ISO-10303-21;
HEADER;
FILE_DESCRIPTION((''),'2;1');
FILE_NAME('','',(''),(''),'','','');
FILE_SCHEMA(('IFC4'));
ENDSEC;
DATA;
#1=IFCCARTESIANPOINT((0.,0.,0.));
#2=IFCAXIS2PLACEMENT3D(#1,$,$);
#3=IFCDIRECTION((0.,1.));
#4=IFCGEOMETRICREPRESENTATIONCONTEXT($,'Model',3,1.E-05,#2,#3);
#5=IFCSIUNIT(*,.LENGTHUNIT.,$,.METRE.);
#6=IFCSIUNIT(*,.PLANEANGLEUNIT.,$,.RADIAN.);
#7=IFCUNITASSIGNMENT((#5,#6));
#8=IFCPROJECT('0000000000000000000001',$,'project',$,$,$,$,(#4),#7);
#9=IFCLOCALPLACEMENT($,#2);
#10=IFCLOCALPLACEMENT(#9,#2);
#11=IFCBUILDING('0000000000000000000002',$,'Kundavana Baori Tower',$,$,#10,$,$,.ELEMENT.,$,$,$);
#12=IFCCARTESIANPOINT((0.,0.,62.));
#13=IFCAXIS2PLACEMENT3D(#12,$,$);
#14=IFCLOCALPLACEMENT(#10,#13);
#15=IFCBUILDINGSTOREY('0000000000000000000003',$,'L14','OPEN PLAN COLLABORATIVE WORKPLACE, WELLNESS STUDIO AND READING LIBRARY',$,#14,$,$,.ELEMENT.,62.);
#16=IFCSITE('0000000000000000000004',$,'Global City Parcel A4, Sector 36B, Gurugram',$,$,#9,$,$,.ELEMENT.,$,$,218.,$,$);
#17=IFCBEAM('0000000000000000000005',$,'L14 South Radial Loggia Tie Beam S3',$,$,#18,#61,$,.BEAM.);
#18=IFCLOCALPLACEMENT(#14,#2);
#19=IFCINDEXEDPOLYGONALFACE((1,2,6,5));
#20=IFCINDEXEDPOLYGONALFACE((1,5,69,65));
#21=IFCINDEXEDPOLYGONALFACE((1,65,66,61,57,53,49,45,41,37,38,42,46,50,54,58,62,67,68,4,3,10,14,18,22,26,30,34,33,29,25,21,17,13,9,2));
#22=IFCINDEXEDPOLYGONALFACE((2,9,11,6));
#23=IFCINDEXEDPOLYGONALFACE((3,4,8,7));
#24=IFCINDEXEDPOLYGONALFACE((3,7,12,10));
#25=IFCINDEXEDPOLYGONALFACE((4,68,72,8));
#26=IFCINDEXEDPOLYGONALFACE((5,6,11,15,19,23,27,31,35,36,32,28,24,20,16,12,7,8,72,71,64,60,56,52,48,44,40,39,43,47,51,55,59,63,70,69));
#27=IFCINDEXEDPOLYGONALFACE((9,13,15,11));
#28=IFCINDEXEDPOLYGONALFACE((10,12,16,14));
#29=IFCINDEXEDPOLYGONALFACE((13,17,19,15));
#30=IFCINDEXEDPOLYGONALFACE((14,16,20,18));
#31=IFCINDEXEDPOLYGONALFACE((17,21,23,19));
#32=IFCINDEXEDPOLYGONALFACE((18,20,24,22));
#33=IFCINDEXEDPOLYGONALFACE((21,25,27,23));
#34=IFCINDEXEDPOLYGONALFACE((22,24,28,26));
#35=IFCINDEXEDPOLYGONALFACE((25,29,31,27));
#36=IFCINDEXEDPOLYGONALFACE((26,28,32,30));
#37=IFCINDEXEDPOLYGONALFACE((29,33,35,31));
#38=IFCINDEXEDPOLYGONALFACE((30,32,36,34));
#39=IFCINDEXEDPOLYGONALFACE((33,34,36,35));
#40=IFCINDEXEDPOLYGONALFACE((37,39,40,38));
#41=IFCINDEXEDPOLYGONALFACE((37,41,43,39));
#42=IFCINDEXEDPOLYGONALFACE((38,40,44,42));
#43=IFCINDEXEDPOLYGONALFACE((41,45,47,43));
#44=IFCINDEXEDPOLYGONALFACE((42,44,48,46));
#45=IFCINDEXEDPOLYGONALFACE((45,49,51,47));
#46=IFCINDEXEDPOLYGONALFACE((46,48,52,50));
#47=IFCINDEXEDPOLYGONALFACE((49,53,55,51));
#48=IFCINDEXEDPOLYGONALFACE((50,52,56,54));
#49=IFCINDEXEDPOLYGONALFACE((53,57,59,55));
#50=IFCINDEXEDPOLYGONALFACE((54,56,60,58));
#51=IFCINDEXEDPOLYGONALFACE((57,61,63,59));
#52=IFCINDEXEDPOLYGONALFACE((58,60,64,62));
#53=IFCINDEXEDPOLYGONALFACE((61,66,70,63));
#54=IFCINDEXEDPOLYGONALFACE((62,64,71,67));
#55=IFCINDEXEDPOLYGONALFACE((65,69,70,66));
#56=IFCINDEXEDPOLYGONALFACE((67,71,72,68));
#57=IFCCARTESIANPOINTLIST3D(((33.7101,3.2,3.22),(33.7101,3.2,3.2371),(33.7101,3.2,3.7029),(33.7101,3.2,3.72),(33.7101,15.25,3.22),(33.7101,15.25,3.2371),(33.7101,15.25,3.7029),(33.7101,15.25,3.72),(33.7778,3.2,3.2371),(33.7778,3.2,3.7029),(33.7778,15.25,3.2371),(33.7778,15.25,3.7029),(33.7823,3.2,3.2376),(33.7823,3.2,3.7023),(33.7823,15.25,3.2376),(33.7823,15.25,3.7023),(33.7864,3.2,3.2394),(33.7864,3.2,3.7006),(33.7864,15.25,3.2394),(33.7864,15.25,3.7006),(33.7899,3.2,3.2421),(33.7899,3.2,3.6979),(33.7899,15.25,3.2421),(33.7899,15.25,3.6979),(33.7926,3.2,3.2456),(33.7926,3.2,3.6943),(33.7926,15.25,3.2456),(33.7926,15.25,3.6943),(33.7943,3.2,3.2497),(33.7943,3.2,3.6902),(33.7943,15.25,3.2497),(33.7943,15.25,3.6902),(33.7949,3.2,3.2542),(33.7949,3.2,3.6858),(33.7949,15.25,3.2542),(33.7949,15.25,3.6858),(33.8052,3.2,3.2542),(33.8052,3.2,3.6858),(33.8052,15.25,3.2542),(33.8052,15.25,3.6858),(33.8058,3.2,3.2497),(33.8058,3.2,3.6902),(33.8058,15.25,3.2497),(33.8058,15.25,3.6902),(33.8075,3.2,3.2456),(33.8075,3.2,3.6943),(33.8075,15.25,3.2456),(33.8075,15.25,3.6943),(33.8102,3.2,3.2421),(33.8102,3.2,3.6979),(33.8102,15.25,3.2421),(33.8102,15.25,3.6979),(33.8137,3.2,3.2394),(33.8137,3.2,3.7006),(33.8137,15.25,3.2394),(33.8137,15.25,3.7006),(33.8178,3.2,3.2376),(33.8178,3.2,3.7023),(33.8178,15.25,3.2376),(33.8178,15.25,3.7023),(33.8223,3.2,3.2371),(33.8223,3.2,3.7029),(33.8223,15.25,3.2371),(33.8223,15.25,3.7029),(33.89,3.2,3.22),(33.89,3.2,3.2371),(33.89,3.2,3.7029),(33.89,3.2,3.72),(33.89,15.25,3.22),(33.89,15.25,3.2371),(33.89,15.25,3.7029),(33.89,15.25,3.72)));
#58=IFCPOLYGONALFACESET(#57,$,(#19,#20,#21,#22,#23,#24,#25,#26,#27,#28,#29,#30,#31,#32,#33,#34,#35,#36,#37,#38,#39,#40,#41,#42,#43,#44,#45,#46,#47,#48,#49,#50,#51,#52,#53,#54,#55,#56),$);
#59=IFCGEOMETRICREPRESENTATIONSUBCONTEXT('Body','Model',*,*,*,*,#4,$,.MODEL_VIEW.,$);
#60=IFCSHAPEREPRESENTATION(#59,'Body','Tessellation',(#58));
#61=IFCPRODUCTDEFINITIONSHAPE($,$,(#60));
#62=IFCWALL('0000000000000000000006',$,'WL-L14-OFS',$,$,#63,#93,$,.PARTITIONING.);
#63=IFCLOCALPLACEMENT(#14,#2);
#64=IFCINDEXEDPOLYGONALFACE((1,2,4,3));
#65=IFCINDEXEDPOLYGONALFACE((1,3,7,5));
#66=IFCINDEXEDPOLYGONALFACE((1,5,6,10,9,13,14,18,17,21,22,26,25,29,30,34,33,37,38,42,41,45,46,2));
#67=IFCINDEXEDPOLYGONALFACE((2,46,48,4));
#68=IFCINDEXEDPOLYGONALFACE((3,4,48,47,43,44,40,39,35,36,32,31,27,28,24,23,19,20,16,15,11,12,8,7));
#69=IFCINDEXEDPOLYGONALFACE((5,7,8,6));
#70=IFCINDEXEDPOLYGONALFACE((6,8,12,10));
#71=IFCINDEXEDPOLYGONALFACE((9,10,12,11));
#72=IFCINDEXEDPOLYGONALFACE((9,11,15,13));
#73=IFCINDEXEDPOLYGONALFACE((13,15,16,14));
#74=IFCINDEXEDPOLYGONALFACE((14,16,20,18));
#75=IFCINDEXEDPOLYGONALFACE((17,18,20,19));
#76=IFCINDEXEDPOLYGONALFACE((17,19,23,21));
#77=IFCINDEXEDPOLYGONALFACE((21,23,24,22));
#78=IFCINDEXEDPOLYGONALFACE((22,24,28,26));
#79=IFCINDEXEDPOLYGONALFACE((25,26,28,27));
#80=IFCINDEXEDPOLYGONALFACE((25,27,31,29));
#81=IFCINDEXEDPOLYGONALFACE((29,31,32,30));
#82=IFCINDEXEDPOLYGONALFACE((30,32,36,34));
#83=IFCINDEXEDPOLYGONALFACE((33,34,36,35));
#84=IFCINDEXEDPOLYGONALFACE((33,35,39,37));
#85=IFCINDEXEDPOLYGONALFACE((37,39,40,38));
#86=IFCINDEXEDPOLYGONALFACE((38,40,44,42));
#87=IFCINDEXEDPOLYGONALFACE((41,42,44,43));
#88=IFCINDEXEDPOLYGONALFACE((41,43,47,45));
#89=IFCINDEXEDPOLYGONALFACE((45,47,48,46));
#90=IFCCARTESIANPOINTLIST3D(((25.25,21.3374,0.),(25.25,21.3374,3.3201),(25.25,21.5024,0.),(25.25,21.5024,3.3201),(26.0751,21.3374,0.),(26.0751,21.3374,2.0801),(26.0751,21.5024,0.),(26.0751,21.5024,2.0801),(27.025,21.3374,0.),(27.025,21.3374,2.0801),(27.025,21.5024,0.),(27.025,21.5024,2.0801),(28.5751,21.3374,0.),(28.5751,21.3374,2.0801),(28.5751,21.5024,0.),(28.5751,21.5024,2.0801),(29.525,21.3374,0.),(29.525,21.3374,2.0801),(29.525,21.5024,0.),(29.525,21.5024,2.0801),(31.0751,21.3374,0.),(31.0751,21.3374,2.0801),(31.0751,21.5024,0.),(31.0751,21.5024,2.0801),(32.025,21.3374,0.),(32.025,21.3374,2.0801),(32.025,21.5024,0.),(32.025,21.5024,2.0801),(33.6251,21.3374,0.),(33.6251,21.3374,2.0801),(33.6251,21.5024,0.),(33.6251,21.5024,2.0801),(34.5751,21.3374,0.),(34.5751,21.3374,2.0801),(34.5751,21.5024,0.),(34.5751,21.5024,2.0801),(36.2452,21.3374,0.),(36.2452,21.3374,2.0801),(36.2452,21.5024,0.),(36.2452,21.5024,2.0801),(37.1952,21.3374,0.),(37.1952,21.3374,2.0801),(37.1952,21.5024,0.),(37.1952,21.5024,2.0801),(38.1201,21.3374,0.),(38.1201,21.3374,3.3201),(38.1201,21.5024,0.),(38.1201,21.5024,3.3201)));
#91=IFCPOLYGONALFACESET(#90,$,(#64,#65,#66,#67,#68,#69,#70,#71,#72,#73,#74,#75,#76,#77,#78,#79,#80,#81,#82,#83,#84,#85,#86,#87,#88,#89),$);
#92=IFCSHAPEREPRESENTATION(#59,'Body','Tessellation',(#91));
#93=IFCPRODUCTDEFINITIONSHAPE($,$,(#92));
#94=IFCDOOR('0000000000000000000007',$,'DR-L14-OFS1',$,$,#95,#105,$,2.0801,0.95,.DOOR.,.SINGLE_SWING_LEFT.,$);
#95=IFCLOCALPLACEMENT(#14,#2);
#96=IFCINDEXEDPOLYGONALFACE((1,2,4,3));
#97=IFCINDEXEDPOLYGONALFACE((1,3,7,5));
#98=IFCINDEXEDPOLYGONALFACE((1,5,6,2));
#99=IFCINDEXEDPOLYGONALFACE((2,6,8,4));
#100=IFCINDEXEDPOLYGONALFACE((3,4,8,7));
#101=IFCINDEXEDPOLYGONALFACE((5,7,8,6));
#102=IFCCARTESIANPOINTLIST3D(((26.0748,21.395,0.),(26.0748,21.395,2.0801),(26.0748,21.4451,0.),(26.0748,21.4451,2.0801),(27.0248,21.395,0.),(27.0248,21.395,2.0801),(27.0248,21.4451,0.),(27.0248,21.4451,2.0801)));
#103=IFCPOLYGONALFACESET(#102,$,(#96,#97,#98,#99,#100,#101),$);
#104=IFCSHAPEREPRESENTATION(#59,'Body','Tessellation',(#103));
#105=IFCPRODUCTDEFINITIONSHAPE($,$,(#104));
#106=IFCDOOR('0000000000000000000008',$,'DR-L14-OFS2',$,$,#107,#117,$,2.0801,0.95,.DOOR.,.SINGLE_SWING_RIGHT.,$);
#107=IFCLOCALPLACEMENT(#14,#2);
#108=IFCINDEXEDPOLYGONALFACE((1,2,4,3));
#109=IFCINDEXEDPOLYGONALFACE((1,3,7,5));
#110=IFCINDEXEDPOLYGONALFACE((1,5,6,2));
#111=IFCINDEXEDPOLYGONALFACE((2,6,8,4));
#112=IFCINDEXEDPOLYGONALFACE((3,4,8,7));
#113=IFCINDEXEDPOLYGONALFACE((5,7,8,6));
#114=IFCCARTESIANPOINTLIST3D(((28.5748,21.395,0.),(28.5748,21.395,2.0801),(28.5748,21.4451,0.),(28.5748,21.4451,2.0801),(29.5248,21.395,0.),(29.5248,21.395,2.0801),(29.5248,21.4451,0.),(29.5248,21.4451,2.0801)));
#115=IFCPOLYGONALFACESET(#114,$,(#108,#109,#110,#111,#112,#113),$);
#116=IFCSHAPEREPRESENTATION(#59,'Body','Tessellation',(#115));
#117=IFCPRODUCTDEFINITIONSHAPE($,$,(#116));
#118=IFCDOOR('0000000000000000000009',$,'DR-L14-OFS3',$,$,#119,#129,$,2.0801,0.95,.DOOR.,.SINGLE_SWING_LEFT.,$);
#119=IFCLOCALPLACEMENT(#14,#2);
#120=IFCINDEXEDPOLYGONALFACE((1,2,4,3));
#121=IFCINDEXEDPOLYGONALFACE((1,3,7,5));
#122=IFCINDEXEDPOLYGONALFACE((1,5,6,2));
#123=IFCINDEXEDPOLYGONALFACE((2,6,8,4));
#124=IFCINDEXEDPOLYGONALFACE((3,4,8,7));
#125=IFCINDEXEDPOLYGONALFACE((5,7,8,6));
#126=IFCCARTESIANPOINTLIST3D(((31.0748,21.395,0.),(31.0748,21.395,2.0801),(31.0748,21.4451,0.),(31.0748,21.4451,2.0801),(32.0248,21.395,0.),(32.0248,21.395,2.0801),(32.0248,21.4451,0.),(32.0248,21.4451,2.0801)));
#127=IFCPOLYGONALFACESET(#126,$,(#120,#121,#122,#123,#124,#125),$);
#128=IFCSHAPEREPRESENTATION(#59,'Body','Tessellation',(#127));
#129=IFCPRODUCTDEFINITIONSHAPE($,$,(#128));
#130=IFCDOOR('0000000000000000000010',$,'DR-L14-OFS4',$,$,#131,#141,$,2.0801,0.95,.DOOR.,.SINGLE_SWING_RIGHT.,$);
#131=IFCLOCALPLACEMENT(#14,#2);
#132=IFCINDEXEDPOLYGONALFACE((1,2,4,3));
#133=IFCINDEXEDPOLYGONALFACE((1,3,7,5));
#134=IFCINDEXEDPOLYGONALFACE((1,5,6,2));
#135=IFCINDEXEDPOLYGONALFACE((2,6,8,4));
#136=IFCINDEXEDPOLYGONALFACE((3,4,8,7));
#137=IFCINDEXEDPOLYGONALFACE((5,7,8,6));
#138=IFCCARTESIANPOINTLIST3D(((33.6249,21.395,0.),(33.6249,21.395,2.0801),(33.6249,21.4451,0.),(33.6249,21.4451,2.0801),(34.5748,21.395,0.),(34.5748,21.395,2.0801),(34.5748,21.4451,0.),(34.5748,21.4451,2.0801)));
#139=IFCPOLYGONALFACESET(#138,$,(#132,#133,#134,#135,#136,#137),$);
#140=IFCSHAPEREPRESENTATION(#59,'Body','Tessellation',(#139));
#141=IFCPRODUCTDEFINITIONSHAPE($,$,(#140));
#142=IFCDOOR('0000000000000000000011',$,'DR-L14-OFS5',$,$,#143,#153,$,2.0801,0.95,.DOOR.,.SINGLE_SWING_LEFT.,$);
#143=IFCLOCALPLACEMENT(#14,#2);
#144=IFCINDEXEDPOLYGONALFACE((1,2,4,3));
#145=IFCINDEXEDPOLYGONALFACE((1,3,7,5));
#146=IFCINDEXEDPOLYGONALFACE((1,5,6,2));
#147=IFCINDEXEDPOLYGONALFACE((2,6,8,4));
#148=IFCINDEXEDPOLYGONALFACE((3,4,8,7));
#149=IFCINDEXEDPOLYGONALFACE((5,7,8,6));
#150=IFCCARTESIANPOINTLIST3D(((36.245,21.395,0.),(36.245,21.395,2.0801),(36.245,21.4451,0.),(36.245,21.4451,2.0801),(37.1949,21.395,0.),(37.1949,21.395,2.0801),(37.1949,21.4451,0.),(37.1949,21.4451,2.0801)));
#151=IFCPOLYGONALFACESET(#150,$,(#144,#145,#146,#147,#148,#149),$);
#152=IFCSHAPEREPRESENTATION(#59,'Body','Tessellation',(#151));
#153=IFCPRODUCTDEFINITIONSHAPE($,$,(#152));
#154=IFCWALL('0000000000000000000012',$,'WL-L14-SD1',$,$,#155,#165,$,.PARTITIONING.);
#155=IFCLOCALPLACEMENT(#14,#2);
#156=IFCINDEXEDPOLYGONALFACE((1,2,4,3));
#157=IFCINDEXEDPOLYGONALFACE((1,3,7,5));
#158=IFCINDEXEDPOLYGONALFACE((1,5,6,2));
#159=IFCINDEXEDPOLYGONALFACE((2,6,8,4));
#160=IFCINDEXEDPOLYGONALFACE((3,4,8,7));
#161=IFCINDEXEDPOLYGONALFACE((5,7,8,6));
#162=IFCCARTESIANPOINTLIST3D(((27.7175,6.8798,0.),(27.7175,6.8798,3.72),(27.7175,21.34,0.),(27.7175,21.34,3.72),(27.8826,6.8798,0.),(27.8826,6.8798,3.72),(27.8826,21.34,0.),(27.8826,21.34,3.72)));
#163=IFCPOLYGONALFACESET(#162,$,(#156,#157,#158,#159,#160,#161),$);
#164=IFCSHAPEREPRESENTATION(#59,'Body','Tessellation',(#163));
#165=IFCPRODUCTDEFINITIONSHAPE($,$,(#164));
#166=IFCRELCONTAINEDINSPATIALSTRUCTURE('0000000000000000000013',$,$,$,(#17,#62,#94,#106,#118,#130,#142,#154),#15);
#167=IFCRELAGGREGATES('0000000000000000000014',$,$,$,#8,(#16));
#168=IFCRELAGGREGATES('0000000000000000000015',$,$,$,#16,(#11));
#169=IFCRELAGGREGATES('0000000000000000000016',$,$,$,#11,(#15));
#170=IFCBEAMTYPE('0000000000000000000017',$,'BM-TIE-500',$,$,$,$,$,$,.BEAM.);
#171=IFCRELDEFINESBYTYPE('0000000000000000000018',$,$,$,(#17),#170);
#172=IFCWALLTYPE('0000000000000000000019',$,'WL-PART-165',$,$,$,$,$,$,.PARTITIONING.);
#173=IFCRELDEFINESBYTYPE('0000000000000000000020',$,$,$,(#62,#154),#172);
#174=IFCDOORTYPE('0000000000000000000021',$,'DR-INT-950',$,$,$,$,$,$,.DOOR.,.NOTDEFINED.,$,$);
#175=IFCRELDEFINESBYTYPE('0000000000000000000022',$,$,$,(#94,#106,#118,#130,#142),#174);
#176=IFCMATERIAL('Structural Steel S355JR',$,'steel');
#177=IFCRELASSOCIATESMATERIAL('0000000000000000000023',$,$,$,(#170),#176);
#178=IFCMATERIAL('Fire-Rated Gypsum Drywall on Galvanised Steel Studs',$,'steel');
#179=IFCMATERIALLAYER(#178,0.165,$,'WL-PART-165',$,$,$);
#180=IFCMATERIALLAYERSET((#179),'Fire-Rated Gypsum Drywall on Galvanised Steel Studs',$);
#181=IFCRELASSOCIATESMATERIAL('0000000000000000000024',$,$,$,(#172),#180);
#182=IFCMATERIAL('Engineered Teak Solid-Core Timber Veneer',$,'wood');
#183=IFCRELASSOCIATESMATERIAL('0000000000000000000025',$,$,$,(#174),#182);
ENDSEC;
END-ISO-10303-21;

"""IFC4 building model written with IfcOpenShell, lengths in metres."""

from ifc_helpers import new_model, si_unit, direction, frame, frame_2d, origin, origin_2d, place, context, subcontext, project, spatial, rectangle, i_section, extrude, material, layer, layer_set, material_profile, profile_set, type_object, element, fill, save


model = new_model("IFC4")

# Units and contexts
model_context = context("Model", 3, precision=1e-05, world=origin(), true_north=direction((0.0, 1.0)))
body_context = subcontext(model_context, "Body", "Model", "MODEL_VIEW")
ifc_project = project(units=[si_unit("LENGTHUNIT", "METRE"), si_unit("PLANEANGLEUNIT", "RADIAN")], contexts=[model_context])

# Site, building, storey
site_placement = place(None, origin())
site = spatial("IfcSite", under=ifc_project, at=site_placement, Name="Global City Parcel A4, Sector 36B, Gurugram", CompositionType="ELEMENT", RefElevation=218.0)
building_placement = place(site_placement, origin())
building = spatial("IfcBuilding", under=site, at=building_placement, Name="Kundavana Baori Tower", CompositionType="ELEMENT")
storey_placement = place(building_placement, frame((0.0, 0.0, 62.0)))
storey = spatial("IfcBuildingStorey", under=building, at=storey_placement, Name="L14", Description="OPEN PLAN COLLABORATIVE WORKPLACE, WELLNESS STUDIO AND READING LIBRARY", CompositionType="ELEMENT", Elevation=62.0)

# Beam
ifc_material_1 = material(Name="Structural Steel S355JR", Category="steel")
ifc_material_profile_1 = material_profile(ifc_material_1, i_section(OverallWidth=0.1799, OverallDepth=0.5, WebThickness=0.0103, FlangeThickness=0.0171, FilletRadius=0.0171, at=origin_2d()), Name="ISMB 500")
ifc_profile_set_1 = profile_set([ifc_material_profile_1], Name="Structural Steel S355JR")
beam_type_1 = type_object("IfcBeamType", Name="BM-TIE-500", PredefinedType="BEAM", material=ifc_profile_set_1)
for number, where, z_axis, x_axis, name in (
    (1, (33.8, 15.25, 3.47), (0.0, -1.0, 0.0), (1.0, 0.0, 0.0), "L14 South Radial Loggia Tie Beam S3"),
):
    element("IfcBeam", number, at=place(storey_placement, frame(where, z_axis=z_axis, x_axis=x_axis)), inside=storey, type_object=beam_type_1, Name=name, PredefinedType="BEAM", context=body_context, shape_type="SweptSolid", body=[
        extrude(i_section(OverallWidth=0.1799, OverallDepth=0.5, WebThickness=0.0103, FlangeThickness=0.0171, FilletRadius=0.0171, at=origin_2d()), origin(), (0.0, 0.0, 1.0), 12.05),
    ])

# Wall, openings, doors
ifc_material_2 = material(Name="Fire-Rated Gypsum Drywall on Galvanised Steel Studs", Category="steel")
ifc_layer = layer(ifc_material_2, 0.165, Name="WL-PART-165")
ifc_layer_set = layer_set([ifc_layer], Name="Fire-Rated Gypsum Drywall on Galvanised Steel Studs")
wall_type = type_object("IfcWallType", Name="WL-PART-165", PredefinedType="PARTITIONING", material=ifc_layer_set)
wall_placement = place(storey_placement, frame((25.25, 21.4199, 0.0), z_axis=(0.0, 0.0, 1.0), x_axis=(1.0, 0.0, 0.0)))
wall = element("IfcWall", 2, at=wall_placement, inside=storey, type_object=wall_type, Name="WL-L14-OFS", PredefinedType="PARTITIONING", context=body_context, shape_type="SweptSolid", body=[
    extrude(rectangle(XDim=12.8701, YDim=0.165, at=frame_2d((6.4351, 0.0))), origin(), (0.0, 0.0, 1.0), 3.3201),
])
opening_1_placement = place(wall_placement, frame((0.825, 0.0, 0.0)))
opening_1 = element("IfcOpeningElement", 3, at=opening_1_placement, cuts=wall, PredefinedType="OPENING", context=body_context, shape_type="SweptSolid", body=[
    extrude(rectangle(XDim=0.95, YDim=2.0801, at=frame_2d((0.4751, 1.04))), frame((0.0, 0.0925, 0.0), z_axis=(0.0, -1.0, 0.0), x_axis=(1.0, 0.0, 0.0)), (0.0, 0.0, 1.0), 0.1851),
])
opening_2_placement = place(wall_placement, frame((3.325, 0.0, 0.0)))
opening_2 = element("IfcOpeningElement", 4, at=opening_2_placement, cuts=wall, PredefinedType="OPENING", context=body_context, shape_type="SweptSolid", body=[
    extrude(rectangle(XDim=0.95, YDim=2.0801, at=frame_2d((0.4751, 1.04))), frame((0.0, 0.0925, 0.0), z_axis=(0.0, -1.0, 0.0), x_axis=(1.0, 0.0, 0.0)), (0.0, 0.0, 1.0), 0.1851),
])
opening_3_placement = place(wall_placement, frame((5.825, 0.0, 0.0)))
opening_3 = element("IfcOpeningElement", 5, at=opening_3_placement, cuts=wall, PredefinedType="OPENING", context=body_context, shape_type="SweptSolid", body=[
    extrude(rectangle(XDim=0.95, YDim=2.0801, at=frame_2d((0.4751, 1.04))), frame((0.0, 0.0925, 0.0), z_axis=(0.0, -1.0, 0.0), x_axis=(1.0, 0.0, 0.0)), (0.0, 0.0, 1.0), 0.1851),
])
opening_4_placement = place(wall_placement, frame((8.375, 0.0, 0.0)))
opening_4 = element("IfcOpeningElement", 6, at=opening_4_placement, cuts=wall, PredefinedType="OPENING", context=body_context, shape_type="SweptSolid", body=[
    extrude(rectangle(XDim=0.95, YDim=2.0801, at=frame_2d((0.4751, 1.04))), frame((0.0, 0.0925, 0.0), z_axis=(0.0, -1.0, 0.0), x_axis=(1.0, 0.0, 0.0)), (0.0, 0.0, 1.0), 0.1851),
])
opening_5_placement = place(wall_placement, frame((10.9951, 0.0, 0.0)))
opening_5 = element("IfcOpeningElement", 7, at=opening_5_placement, cuts=wall, PredefinedType="OPENING", context=body_context, shape_type="SweptSolid", body=[
    extrude(rectangle(XDim=0.95, YDim=2.0801, at=frame_2d((0.4751, 1.04))), frame((0.0, 0.0925, 0.0), z_axis=(0.0, -1.0, 0.0), x_axis=(1.0, 0.0, 0.0)), (0.0, 0.0, 1.0), 0.1851),
])
ifc_material_3 = material(Name="Engineered Teak Solid-Core Timber Veneer", Category="wood")
door_type = type_object("IfcDoorType", Name="DR-INT-950", OperationType="NOTDEFINED", PredefinedType="DOOR", material=ifc_material_3)
door_1_placement = place(opening_1_placement, frame((0.95, 0.0, 0.0), z_axis=(0.0, 0.0, 1.0), x_axis=(-1.0, 0.0, 0.0)))
door_1 = element("IfcDoor", 8, at=door_1_placement, inside=storey, type_object=door_type, Name="DR-L14-OFS1", OperationType="SINGLE_SWING_LEFT", OverallHeight=2.0801, OverallWidth=0.95, PredefinedType="DOOR", context=body_context, shape_type="SweptSolid", body=[
    extrude(rectangle(XDim=0.95, YDim=2.0801, at=frame_2d((0.4751, 1.04))), frame((0.0, 0.0249, 0.0), z_axis=(0.0, -1.0, 0.0), x_axis=(1.0, 0.0, 0.0)), (0.0, 0.0, 1.0), 0.05),
])
fill(opening_1, door_1)
door_2_placement = place(opening_2_placement, frame((0.95, 0.0, 0.0), z_axis=(0.0, 0.0, 1.0), x_axis=(-1.0, 0.0, 0.0)))
door_2 = element("IfcDoor", 9, at=door_2_placement, inside=storey, type_object=door_type, Name="DR-L14-OFS2", OperationType="SINGLE_SWING_RIGHT", OverallHeight=2.0801, OverallWidth=0.95, PredefinedType="DOOR", context=body_context, shape_type="SweptSolid", body=[
    extrude(rectangle(XDim=0.95, YDim=2.0801, at=frame_2d((0.4751, 1.04))), frame((0.0, 0.0249, 0.0), z_axis=(0.0, -1.0, 0.0), x_axis=(1.0, 0.0, 0.0)), (0.0, 0.0, 1.0), 0.05),
])
fill(opening_2, door_2)
door_3_placement = place(opening_3_placement, frame((0.95, 0.0, 0.0), z_axis=(0.0, 0.0, 1.0), x_axis=(-1.0, 0.0, 0.0)))
door_3 = element("IfcDoor", 10, at=door_3_placement, inside=storey, type_object=door_type, Name="DR-L14-OFS3", OperationType="SINGLE_SWING_LEFT", OverallHeight=2.0801, OverallWidth=0.95, PredefinedType="DOOR", context=body_context, shape_type="SweptSolid", body=[
    extrude(rectangle(XDim=0.95, YDim=2.0801, at=frame_2d((0.4751, 1.04))), frame((0.0, 0.0249, 0.0), z_axis=(0.0, -1.0, 0.0), x_axis=(1.0, 0.0, 0.0)), (0.0, 0.0, 1.0), 0.05),
])
fill(opening_3, door_3)
door_4_placement = place(opening_4_placement, frame((0.95, 0.0, 0.0), z_axis=(0.0, 0.0, 1.0), x_axis=(-1.0, 0.0, 0.0)))
door_4 = element("IfcDoor", 11, at=door_4_placement, inside=storey, type_object=door_type, Name="DR-L14-OFS4", OperationType="SINGLE_SWING_RIGHT", OverallHeight=2.0801, OverallWidth=0.95, PredefinedType="DOOR", context=body_context, shape_type="SweptSolid", body=[
    extrude(rectangle(XDim=0.95, YDim=2.0801, at=frame_2d((0.4751, 1.04))), frame((0.0, 0.0249, 0.0), z_axis=(0.0, -1.0, 0.0), x_axis=(1.0, 0.0, 0.0)), (0.0, 0.0, 1.0), 0.05),
])
fill(opening_4, door_4)
door_5_placement = place(opening_5_placement, frame((0.95, 0.0, 0.0), z_axis=(0.0, 0.0, 1.0), x_axis=(-1.0, 0.0, 0.0)))
door_5 = element("IfcDoor", 12, at=door_5_placement, inside=storey, type_object=door_type, Name="DR-L14-OFS5", OperationType="SINGLE_SWING_LEFT", OverallHeight=2.0801, OverallWidth=0.95, PredefinedType="DOOR", context=body_context, shape_type="SweptSolid", body=[
    extrude(rectangle(XDim=0.95, YDim=2.0801, at=frame_2d((0.4751, 1.04))), frame((0.0, 0.0249, 0.0), z_axis=(0.0, -1.0, 0.0), x_axis=(1.0, 0.0, 0.0)), (0.0, 0.0, 1.0), 0.05),
])
fill(opening_5, door_5)

# Wall
for number, where, z_axis, x_axis, name in (
    (13, (27.8, 6.8799, 0.0), (0.0, 0.0, 1.0), (0.0, 1.0, 0.0), "WL-L14-SD1"),
):
    element("IfcWall", number, at=place(storey_placement, frame(where, z_axis=z_axis, x_axis=x_axis)), inside=storey, type_object=wall_type, Name=name, PredefinedType="PARTITIONING", context=body_context, shape_type="SweptSolid", body=[
        extrude(rectangle(XDim=14.4602, YDim=0.165, at=frame_2d((7.23, 0.0))), origin(), (0.0, 0.0, 1.0), 3.72),
    ])

save(model, "model.ifc")
